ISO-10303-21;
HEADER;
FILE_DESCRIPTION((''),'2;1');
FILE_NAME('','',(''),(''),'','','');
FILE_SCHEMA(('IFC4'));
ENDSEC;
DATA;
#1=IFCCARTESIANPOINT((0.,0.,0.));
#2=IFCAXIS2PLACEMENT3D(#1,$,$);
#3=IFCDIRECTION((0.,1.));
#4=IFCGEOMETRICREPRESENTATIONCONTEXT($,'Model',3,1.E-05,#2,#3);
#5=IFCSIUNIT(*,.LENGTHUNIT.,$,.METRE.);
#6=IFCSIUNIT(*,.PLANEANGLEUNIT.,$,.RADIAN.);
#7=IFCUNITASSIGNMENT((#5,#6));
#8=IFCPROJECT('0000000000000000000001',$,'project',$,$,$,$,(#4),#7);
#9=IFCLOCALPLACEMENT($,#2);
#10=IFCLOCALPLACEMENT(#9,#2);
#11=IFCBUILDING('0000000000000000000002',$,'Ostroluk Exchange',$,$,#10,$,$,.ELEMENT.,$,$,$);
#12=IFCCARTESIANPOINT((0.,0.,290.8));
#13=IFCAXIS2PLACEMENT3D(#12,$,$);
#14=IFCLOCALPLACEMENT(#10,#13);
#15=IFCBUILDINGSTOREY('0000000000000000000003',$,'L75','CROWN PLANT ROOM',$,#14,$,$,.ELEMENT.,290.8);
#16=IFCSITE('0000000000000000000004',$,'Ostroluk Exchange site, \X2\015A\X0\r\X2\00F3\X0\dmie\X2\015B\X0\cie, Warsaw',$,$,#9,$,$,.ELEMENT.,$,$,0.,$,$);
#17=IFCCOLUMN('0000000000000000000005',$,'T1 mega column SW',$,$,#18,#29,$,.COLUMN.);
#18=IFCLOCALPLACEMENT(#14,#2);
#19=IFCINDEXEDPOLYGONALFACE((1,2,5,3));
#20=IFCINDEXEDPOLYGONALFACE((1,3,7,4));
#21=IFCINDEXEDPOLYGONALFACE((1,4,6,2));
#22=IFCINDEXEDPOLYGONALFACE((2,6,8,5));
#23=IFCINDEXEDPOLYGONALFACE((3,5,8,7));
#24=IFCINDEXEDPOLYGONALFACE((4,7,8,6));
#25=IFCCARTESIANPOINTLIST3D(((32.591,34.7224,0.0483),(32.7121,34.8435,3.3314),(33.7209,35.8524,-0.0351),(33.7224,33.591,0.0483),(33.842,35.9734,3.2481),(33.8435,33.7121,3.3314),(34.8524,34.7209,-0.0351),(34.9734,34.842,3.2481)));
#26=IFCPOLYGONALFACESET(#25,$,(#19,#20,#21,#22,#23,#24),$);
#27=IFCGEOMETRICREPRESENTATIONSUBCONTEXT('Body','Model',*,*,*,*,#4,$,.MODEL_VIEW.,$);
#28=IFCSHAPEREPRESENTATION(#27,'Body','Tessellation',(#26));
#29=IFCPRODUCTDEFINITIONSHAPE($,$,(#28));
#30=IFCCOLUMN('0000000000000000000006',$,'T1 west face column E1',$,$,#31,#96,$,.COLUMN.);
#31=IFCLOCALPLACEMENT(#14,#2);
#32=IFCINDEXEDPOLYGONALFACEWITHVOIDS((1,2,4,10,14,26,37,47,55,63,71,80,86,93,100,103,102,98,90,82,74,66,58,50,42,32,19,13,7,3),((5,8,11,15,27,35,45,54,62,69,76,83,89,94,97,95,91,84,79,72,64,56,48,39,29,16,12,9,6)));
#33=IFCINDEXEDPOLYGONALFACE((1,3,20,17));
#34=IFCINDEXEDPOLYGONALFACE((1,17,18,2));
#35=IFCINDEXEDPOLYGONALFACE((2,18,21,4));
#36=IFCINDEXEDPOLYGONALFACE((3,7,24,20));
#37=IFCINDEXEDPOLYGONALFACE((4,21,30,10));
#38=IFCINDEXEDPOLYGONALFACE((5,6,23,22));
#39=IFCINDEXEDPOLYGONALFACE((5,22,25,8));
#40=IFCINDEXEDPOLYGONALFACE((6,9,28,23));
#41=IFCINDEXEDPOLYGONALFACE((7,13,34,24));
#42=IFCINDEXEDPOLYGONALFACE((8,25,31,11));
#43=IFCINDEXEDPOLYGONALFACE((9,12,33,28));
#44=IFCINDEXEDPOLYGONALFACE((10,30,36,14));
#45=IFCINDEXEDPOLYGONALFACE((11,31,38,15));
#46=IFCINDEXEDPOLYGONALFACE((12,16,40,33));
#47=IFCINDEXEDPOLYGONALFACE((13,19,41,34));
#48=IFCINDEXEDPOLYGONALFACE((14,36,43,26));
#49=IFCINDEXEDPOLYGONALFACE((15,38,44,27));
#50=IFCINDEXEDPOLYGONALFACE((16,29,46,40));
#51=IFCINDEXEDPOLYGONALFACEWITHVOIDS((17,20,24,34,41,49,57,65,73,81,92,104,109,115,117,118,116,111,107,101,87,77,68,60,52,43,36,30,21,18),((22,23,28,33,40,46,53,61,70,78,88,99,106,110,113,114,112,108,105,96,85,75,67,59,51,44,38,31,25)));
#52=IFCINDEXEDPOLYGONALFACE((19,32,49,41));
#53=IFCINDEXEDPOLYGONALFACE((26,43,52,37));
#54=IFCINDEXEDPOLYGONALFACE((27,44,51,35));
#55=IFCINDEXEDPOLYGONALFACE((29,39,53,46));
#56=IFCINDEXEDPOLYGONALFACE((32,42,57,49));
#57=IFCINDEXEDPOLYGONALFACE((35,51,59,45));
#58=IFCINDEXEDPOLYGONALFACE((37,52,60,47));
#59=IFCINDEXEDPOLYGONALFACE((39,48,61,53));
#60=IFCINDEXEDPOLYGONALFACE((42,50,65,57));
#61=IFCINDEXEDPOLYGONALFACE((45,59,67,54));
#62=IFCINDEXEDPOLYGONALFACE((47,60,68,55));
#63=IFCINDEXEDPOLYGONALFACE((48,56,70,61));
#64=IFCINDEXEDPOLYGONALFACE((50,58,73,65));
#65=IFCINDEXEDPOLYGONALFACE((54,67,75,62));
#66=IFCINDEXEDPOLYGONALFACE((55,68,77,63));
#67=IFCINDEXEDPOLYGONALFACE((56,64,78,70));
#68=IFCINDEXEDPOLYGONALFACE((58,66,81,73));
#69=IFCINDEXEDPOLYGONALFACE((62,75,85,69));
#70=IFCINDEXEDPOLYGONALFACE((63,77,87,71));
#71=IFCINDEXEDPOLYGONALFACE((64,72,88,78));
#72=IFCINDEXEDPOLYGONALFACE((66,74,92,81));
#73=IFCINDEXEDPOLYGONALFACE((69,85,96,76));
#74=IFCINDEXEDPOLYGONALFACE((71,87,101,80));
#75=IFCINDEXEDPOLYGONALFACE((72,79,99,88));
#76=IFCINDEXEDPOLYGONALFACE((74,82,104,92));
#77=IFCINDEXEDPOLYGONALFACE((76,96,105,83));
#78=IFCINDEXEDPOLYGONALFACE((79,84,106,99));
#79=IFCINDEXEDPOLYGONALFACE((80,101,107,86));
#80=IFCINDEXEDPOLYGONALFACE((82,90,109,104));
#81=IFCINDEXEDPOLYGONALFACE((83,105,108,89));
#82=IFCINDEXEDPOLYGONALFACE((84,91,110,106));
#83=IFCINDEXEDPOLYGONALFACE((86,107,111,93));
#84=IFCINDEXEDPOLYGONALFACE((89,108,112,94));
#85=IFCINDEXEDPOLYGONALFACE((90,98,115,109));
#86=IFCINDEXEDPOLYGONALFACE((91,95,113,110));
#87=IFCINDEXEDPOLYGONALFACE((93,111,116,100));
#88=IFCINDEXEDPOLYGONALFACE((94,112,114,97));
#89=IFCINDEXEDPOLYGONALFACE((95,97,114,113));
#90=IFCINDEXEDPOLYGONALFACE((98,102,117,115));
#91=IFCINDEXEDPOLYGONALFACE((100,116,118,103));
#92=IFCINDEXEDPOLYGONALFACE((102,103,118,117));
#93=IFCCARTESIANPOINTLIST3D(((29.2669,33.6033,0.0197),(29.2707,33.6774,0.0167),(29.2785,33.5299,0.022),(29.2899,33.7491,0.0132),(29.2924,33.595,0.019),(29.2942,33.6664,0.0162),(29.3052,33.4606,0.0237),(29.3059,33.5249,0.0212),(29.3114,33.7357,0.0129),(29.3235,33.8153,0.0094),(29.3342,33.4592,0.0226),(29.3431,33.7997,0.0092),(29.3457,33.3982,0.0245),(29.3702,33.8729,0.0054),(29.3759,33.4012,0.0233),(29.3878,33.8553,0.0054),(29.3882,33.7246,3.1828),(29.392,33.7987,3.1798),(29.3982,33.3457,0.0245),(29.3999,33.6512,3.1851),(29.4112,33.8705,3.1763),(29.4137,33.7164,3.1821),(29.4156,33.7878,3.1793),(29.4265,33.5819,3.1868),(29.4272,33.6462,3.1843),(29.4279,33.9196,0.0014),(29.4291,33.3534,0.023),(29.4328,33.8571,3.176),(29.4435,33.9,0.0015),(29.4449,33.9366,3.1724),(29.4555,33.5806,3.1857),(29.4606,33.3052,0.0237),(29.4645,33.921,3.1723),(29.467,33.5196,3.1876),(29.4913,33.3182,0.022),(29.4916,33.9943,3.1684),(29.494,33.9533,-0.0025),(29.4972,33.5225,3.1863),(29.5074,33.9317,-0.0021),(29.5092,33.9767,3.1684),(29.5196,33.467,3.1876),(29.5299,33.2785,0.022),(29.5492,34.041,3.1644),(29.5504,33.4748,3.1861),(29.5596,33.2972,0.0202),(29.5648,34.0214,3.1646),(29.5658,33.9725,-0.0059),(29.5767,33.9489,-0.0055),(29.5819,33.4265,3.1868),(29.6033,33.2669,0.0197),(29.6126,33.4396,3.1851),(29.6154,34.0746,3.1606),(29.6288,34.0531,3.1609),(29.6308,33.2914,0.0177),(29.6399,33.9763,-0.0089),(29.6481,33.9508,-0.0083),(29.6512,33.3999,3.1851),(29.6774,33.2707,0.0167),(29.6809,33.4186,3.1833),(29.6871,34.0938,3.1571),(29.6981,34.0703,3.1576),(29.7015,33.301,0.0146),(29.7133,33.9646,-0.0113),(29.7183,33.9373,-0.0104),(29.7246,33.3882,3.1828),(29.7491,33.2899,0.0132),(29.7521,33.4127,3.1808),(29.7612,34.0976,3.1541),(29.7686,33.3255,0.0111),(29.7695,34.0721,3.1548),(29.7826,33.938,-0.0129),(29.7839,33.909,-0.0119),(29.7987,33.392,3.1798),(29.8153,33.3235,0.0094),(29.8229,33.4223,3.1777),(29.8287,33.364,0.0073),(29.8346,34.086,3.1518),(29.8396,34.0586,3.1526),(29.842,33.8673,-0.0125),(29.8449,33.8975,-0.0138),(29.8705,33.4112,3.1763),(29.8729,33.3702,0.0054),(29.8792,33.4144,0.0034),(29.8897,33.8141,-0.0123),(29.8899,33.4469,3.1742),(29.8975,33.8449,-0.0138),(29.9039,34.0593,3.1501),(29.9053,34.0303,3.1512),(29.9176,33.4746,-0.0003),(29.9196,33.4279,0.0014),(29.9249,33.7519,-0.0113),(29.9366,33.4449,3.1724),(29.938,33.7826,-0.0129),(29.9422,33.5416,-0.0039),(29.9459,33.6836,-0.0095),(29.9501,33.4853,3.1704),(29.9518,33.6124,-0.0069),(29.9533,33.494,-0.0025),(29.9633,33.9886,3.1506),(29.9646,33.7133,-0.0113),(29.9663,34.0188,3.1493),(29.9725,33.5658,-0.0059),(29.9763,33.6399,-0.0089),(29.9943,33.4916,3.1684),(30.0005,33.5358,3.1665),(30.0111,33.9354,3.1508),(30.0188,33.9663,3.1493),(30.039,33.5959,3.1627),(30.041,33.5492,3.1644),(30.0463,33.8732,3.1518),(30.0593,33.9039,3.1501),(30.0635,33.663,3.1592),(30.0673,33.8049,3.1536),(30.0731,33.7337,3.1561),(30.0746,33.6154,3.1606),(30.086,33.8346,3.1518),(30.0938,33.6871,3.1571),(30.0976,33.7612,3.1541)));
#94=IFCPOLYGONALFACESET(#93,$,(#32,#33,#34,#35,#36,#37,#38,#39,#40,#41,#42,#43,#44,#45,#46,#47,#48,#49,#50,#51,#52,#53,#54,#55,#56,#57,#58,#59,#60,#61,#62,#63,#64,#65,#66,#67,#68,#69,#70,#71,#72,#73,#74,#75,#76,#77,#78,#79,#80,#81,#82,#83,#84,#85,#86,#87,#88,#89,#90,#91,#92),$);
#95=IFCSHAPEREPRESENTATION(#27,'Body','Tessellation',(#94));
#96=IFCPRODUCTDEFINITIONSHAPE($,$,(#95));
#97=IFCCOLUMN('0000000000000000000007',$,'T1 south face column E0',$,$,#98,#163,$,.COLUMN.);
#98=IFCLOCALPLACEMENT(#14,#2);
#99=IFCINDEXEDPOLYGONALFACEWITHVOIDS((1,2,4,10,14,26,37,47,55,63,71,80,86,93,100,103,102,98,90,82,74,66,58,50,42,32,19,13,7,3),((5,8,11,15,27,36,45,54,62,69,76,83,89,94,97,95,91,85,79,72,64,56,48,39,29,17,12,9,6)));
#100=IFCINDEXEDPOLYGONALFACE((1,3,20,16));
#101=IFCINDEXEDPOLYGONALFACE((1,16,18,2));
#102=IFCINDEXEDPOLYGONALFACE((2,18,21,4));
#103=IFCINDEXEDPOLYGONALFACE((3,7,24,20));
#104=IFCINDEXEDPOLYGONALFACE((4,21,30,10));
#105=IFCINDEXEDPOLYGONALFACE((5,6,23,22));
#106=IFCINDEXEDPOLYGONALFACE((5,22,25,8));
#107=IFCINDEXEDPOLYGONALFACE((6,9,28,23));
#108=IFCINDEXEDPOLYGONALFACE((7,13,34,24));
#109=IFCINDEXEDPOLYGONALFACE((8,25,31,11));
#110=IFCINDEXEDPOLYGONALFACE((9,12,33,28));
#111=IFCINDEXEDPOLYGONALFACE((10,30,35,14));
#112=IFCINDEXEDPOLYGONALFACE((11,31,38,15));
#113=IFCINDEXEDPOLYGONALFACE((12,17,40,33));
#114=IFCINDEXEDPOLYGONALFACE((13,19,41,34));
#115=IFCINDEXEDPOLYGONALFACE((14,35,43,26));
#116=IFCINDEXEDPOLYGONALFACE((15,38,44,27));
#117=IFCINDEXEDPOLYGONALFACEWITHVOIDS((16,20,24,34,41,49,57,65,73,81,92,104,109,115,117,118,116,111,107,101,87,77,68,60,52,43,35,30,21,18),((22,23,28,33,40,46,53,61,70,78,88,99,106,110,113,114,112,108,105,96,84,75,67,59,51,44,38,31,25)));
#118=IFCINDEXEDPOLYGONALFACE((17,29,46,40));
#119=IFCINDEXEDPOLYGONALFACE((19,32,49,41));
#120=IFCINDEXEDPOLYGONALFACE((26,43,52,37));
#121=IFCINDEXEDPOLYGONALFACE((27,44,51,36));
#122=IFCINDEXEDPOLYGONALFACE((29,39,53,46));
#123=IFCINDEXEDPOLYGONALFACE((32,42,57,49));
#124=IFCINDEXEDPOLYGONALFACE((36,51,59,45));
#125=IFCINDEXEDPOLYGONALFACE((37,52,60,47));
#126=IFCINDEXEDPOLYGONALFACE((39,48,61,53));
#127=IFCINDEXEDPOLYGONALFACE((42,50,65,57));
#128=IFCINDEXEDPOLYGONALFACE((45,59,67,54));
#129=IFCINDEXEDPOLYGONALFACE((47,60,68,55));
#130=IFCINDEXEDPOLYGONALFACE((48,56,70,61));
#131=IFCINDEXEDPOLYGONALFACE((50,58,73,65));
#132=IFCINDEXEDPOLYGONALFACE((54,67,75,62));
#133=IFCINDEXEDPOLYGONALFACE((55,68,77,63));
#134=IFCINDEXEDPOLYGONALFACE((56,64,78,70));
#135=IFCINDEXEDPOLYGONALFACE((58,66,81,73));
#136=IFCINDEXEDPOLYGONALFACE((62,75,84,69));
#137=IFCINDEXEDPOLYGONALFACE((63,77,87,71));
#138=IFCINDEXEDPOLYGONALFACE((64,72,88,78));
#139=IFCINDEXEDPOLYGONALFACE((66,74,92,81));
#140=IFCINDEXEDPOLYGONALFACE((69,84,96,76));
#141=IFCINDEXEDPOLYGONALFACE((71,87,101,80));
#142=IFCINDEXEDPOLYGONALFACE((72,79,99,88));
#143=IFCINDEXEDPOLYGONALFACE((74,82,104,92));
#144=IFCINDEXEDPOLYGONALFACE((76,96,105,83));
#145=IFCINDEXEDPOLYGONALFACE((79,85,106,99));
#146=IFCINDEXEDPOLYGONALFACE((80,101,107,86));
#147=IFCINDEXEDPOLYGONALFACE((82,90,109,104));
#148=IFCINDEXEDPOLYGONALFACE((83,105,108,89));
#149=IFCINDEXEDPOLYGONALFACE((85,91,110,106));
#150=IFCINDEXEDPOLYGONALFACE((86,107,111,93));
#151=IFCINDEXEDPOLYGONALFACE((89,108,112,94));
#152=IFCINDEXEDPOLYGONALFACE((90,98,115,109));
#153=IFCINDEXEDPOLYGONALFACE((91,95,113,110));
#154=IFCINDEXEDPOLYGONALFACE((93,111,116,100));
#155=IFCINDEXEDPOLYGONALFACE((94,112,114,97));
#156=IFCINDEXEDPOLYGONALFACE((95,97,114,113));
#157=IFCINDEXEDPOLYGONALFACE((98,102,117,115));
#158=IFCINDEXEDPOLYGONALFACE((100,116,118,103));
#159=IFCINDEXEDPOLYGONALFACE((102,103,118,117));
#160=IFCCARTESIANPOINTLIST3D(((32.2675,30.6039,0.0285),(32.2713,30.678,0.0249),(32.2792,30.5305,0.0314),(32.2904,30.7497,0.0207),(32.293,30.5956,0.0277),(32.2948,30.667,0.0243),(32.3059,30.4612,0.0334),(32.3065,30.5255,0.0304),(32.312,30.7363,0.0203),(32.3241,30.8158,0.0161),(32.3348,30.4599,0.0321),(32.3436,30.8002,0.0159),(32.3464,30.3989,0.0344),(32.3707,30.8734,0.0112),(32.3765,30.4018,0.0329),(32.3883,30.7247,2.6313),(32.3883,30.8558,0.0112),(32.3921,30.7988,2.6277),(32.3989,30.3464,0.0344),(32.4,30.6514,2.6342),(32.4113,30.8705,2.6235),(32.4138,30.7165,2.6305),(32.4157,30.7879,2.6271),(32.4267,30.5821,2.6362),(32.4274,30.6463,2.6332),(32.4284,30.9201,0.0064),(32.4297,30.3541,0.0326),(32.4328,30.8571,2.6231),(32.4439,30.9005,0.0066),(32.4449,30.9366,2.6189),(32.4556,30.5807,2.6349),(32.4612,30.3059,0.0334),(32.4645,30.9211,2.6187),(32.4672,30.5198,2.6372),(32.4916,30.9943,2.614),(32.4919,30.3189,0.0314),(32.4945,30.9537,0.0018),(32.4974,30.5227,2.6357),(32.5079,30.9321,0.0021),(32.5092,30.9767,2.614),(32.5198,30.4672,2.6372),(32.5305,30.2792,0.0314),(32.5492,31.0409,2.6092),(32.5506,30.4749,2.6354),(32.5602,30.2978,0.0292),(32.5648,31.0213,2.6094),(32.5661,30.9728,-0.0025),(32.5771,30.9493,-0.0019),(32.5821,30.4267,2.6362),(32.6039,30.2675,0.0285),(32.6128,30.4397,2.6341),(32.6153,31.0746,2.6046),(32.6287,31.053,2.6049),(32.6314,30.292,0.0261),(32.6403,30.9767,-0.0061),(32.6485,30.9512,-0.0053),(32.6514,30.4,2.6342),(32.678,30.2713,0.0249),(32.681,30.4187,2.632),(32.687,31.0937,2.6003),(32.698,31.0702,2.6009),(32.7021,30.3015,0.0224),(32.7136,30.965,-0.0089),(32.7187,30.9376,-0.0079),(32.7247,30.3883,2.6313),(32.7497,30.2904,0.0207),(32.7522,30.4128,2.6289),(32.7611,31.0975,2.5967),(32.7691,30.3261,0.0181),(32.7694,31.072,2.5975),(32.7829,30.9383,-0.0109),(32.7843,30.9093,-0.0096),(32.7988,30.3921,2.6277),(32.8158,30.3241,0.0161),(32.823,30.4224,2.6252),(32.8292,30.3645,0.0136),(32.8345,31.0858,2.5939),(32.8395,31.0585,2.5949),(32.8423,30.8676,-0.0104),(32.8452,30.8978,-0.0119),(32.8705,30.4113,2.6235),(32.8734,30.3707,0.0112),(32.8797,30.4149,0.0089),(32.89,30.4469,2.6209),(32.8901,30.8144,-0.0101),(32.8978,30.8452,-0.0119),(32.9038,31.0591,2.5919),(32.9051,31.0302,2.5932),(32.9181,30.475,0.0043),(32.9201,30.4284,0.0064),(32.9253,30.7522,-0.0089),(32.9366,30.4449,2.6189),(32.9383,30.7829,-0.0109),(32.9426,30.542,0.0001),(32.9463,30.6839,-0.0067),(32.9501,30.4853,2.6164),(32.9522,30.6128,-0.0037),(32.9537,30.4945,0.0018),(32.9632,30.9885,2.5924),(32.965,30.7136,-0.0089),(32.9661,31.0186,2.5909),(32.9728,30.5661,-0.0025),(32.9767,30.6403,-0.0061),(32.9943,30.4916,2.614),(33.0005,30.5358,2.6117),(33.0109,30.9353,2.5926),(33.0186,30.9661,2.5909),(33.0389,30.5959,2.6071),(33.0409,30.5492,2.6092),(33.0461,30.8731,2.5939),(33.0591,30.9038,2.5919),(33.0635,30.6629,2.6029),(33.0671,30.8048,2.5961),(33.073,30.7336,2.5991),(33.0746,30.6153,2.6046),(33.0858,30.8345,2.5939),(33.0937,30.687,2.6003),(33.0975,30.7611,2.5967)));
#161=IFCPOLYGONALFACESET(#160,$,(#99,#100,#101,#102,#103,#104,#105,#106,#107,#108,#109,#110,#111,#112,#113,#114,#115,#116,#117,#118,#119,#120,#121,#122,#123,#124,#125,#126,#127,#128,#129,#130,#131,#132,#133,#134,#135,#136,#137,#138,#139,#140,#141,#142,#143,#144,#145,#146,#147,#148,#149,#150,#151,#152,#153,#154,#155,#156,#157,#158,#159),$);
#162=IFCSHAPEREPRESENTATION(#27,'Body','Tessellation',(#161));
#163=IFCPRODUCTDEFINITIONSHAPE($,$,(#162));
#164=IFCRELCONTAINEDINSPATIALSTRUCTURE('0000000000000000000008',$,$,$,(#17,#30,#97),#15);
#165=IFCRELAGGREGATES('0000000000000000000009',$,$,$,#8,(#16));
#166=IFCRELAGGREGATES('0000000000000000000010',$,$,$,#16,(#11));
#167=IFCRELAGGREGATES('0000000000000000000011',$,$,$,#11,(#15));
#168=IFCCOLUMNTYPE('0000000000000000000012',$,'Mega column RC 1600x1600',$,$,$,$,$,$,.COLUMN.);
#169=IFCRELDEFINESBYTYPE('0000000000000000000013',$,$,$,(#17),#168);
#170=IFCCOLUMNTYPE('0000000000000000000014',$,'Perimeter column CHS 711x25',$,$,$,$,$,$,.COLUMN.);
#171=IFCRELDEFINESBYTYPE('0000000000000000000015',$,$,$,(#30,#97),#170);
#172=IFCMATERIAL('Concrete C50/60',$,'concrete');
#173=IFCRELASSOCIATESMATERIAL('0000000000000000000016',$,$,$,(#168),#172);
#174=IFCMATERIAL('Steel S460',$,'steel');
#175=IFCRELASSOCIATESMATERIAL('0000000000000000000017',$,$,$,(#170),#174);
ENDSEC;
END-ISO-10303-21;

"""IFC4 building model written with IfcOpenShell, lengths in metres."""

from ifc_helpers import new_model, si_unit, direction, frame, origin, origin_2d, place, context, subcontext, project, spatial, rectangle, hollow_circle, extrude, material, material_profile, profile_set, type_object, element, save


model = new_model("IFC4")

# Units and contexts
model_context = context("Model", 3, precision=1e-05, world=origin(), true_north=direction((0.0, 1.0)))
body_context = subcontext(model_context, "Body", "Model", "MODEL_VIEW")
ifc_project = project(units=[si_unit("LENGTHUNIT", "METRE"), si_unit("PLANEANGLEUNIT", "RADIAN")], contexts=[model_context])

# Site, building, storey
site_placement = place(None, origin())
site = spatial("IfcSite", under=ifc_project, at=site_placement, Name="Ostroluk Exchange site, Śródmieście, Warsaw", CompositionType="ELEMENT", RefElevation=0.0)
building_placement = place(site_placement, origin())
building = spatial("IfcBuilding", under=site, at=building_placement, Name="Ostroluk Exchange", CompositionType="ELEMENT")
storey_placement = place(building_placement, frame((0.0, 0.0, 290.8)))
storey = spatial("IfcBuildingStorey", under=building, at=storey_placement, Name="L75", Description="CROWN PLANT ROOM", CompositionType="ELEMENT", Elevation=290.8)

# Columns
ifc_material_1 = material(Name="Concrete C50/60", Category="concrete")
ifc_material_profile_1 = material_profile(ifc_material_1, rectangle(XDim=1.6001, YDim=1.6001, at=origin_2d()), Name="RC 1600x1600")
ifc_profile_set_1 = profile_set([ifc_material_profile_1], Name="Concrete C50/60")
column_type_1 = type_object("IfcColumnType", Name="Mega column RC 1600x1600", PredefinedType="COLUMN", material=ifc_profile_set_1)
column_1_placement = place(storey_placement, frame((33.7217, 34.7217, 0.0066), z_axis=(0.036833, 0.036833, 0.998642), x_axis=(-0.707107, 0.707107, 0.0)))
element("IfcColumn", 1, at=column_1_placement, inside=storey, type_object=column_type_1, Name="T1 mega column SW", PredefinedType="COLUMN", context=body_context, shape_type="SweptSolid", body=[
    extrude(rectangle(XDim=1.6001, YDim=1.6001, at=origin_2d()), origin(), (0.0, 0.0, 1.0), 3.2876),
])
ifc_material_2 = material(Name="Steel S460", Category="steel")
ifc_material_profile_2 = material_profile(ifc_material_2, hollow_circle(Radius=0.3555, WallThickness=0.0249, at=origin_2d()), Name="CHS 711x25")
ifc_profile_set_2 = profile_set([ifc_material_profile_2], Name="Steel S460")
column_type_2 = type_object("IfcColumnType", Name="Perimeter column CHS 711x25", PredefinedType="COLUMN", material=ifc_profile_set_2)
column_2_placement = place(storey_placement, frame((29.6216, 33.6216, 0.0054), z_axis=(0.038304, 0.038304, 0.998532), x_axis=(-0.707107, 0.707107, 0.0)))
element("IfcColumn", 2, at=column_2_placement, inside=storey, type_object=column_type_2, Name="T1 west face column E1", PredefinedType="COLUMN", context=body_context, shape_type="SweptSolid", body=[
    extrude(hollow_circle(Radius=0.3555, WallThickness=0.0249, at=origin_2d()), origin(), (0.0, 0.0, 1.0), 3.1677),
])
column_3_placement = place(storey_placement, frame((32.6221, 30.6221, 0.0112), z_axis=(0.046331, 0.046331, 0.997851), x_axis=(-0.707107, 0.707107, 0.0)))
element("IfcColumn", 3, at=column_3_placement, inside=storey, type_object=column_type_2, Name="T1 south face column E0", PredefinedType="COLUMN", context=body_context, shape_type="SweptSolid", body=[
    extrude(hollow_circle(Radius=0.3555, WallThickness=0.0249, at=origin_2d()), origin(), (0.0, 0.0, 1.0), 2.6084),
])

save(model, "model.ifc")
